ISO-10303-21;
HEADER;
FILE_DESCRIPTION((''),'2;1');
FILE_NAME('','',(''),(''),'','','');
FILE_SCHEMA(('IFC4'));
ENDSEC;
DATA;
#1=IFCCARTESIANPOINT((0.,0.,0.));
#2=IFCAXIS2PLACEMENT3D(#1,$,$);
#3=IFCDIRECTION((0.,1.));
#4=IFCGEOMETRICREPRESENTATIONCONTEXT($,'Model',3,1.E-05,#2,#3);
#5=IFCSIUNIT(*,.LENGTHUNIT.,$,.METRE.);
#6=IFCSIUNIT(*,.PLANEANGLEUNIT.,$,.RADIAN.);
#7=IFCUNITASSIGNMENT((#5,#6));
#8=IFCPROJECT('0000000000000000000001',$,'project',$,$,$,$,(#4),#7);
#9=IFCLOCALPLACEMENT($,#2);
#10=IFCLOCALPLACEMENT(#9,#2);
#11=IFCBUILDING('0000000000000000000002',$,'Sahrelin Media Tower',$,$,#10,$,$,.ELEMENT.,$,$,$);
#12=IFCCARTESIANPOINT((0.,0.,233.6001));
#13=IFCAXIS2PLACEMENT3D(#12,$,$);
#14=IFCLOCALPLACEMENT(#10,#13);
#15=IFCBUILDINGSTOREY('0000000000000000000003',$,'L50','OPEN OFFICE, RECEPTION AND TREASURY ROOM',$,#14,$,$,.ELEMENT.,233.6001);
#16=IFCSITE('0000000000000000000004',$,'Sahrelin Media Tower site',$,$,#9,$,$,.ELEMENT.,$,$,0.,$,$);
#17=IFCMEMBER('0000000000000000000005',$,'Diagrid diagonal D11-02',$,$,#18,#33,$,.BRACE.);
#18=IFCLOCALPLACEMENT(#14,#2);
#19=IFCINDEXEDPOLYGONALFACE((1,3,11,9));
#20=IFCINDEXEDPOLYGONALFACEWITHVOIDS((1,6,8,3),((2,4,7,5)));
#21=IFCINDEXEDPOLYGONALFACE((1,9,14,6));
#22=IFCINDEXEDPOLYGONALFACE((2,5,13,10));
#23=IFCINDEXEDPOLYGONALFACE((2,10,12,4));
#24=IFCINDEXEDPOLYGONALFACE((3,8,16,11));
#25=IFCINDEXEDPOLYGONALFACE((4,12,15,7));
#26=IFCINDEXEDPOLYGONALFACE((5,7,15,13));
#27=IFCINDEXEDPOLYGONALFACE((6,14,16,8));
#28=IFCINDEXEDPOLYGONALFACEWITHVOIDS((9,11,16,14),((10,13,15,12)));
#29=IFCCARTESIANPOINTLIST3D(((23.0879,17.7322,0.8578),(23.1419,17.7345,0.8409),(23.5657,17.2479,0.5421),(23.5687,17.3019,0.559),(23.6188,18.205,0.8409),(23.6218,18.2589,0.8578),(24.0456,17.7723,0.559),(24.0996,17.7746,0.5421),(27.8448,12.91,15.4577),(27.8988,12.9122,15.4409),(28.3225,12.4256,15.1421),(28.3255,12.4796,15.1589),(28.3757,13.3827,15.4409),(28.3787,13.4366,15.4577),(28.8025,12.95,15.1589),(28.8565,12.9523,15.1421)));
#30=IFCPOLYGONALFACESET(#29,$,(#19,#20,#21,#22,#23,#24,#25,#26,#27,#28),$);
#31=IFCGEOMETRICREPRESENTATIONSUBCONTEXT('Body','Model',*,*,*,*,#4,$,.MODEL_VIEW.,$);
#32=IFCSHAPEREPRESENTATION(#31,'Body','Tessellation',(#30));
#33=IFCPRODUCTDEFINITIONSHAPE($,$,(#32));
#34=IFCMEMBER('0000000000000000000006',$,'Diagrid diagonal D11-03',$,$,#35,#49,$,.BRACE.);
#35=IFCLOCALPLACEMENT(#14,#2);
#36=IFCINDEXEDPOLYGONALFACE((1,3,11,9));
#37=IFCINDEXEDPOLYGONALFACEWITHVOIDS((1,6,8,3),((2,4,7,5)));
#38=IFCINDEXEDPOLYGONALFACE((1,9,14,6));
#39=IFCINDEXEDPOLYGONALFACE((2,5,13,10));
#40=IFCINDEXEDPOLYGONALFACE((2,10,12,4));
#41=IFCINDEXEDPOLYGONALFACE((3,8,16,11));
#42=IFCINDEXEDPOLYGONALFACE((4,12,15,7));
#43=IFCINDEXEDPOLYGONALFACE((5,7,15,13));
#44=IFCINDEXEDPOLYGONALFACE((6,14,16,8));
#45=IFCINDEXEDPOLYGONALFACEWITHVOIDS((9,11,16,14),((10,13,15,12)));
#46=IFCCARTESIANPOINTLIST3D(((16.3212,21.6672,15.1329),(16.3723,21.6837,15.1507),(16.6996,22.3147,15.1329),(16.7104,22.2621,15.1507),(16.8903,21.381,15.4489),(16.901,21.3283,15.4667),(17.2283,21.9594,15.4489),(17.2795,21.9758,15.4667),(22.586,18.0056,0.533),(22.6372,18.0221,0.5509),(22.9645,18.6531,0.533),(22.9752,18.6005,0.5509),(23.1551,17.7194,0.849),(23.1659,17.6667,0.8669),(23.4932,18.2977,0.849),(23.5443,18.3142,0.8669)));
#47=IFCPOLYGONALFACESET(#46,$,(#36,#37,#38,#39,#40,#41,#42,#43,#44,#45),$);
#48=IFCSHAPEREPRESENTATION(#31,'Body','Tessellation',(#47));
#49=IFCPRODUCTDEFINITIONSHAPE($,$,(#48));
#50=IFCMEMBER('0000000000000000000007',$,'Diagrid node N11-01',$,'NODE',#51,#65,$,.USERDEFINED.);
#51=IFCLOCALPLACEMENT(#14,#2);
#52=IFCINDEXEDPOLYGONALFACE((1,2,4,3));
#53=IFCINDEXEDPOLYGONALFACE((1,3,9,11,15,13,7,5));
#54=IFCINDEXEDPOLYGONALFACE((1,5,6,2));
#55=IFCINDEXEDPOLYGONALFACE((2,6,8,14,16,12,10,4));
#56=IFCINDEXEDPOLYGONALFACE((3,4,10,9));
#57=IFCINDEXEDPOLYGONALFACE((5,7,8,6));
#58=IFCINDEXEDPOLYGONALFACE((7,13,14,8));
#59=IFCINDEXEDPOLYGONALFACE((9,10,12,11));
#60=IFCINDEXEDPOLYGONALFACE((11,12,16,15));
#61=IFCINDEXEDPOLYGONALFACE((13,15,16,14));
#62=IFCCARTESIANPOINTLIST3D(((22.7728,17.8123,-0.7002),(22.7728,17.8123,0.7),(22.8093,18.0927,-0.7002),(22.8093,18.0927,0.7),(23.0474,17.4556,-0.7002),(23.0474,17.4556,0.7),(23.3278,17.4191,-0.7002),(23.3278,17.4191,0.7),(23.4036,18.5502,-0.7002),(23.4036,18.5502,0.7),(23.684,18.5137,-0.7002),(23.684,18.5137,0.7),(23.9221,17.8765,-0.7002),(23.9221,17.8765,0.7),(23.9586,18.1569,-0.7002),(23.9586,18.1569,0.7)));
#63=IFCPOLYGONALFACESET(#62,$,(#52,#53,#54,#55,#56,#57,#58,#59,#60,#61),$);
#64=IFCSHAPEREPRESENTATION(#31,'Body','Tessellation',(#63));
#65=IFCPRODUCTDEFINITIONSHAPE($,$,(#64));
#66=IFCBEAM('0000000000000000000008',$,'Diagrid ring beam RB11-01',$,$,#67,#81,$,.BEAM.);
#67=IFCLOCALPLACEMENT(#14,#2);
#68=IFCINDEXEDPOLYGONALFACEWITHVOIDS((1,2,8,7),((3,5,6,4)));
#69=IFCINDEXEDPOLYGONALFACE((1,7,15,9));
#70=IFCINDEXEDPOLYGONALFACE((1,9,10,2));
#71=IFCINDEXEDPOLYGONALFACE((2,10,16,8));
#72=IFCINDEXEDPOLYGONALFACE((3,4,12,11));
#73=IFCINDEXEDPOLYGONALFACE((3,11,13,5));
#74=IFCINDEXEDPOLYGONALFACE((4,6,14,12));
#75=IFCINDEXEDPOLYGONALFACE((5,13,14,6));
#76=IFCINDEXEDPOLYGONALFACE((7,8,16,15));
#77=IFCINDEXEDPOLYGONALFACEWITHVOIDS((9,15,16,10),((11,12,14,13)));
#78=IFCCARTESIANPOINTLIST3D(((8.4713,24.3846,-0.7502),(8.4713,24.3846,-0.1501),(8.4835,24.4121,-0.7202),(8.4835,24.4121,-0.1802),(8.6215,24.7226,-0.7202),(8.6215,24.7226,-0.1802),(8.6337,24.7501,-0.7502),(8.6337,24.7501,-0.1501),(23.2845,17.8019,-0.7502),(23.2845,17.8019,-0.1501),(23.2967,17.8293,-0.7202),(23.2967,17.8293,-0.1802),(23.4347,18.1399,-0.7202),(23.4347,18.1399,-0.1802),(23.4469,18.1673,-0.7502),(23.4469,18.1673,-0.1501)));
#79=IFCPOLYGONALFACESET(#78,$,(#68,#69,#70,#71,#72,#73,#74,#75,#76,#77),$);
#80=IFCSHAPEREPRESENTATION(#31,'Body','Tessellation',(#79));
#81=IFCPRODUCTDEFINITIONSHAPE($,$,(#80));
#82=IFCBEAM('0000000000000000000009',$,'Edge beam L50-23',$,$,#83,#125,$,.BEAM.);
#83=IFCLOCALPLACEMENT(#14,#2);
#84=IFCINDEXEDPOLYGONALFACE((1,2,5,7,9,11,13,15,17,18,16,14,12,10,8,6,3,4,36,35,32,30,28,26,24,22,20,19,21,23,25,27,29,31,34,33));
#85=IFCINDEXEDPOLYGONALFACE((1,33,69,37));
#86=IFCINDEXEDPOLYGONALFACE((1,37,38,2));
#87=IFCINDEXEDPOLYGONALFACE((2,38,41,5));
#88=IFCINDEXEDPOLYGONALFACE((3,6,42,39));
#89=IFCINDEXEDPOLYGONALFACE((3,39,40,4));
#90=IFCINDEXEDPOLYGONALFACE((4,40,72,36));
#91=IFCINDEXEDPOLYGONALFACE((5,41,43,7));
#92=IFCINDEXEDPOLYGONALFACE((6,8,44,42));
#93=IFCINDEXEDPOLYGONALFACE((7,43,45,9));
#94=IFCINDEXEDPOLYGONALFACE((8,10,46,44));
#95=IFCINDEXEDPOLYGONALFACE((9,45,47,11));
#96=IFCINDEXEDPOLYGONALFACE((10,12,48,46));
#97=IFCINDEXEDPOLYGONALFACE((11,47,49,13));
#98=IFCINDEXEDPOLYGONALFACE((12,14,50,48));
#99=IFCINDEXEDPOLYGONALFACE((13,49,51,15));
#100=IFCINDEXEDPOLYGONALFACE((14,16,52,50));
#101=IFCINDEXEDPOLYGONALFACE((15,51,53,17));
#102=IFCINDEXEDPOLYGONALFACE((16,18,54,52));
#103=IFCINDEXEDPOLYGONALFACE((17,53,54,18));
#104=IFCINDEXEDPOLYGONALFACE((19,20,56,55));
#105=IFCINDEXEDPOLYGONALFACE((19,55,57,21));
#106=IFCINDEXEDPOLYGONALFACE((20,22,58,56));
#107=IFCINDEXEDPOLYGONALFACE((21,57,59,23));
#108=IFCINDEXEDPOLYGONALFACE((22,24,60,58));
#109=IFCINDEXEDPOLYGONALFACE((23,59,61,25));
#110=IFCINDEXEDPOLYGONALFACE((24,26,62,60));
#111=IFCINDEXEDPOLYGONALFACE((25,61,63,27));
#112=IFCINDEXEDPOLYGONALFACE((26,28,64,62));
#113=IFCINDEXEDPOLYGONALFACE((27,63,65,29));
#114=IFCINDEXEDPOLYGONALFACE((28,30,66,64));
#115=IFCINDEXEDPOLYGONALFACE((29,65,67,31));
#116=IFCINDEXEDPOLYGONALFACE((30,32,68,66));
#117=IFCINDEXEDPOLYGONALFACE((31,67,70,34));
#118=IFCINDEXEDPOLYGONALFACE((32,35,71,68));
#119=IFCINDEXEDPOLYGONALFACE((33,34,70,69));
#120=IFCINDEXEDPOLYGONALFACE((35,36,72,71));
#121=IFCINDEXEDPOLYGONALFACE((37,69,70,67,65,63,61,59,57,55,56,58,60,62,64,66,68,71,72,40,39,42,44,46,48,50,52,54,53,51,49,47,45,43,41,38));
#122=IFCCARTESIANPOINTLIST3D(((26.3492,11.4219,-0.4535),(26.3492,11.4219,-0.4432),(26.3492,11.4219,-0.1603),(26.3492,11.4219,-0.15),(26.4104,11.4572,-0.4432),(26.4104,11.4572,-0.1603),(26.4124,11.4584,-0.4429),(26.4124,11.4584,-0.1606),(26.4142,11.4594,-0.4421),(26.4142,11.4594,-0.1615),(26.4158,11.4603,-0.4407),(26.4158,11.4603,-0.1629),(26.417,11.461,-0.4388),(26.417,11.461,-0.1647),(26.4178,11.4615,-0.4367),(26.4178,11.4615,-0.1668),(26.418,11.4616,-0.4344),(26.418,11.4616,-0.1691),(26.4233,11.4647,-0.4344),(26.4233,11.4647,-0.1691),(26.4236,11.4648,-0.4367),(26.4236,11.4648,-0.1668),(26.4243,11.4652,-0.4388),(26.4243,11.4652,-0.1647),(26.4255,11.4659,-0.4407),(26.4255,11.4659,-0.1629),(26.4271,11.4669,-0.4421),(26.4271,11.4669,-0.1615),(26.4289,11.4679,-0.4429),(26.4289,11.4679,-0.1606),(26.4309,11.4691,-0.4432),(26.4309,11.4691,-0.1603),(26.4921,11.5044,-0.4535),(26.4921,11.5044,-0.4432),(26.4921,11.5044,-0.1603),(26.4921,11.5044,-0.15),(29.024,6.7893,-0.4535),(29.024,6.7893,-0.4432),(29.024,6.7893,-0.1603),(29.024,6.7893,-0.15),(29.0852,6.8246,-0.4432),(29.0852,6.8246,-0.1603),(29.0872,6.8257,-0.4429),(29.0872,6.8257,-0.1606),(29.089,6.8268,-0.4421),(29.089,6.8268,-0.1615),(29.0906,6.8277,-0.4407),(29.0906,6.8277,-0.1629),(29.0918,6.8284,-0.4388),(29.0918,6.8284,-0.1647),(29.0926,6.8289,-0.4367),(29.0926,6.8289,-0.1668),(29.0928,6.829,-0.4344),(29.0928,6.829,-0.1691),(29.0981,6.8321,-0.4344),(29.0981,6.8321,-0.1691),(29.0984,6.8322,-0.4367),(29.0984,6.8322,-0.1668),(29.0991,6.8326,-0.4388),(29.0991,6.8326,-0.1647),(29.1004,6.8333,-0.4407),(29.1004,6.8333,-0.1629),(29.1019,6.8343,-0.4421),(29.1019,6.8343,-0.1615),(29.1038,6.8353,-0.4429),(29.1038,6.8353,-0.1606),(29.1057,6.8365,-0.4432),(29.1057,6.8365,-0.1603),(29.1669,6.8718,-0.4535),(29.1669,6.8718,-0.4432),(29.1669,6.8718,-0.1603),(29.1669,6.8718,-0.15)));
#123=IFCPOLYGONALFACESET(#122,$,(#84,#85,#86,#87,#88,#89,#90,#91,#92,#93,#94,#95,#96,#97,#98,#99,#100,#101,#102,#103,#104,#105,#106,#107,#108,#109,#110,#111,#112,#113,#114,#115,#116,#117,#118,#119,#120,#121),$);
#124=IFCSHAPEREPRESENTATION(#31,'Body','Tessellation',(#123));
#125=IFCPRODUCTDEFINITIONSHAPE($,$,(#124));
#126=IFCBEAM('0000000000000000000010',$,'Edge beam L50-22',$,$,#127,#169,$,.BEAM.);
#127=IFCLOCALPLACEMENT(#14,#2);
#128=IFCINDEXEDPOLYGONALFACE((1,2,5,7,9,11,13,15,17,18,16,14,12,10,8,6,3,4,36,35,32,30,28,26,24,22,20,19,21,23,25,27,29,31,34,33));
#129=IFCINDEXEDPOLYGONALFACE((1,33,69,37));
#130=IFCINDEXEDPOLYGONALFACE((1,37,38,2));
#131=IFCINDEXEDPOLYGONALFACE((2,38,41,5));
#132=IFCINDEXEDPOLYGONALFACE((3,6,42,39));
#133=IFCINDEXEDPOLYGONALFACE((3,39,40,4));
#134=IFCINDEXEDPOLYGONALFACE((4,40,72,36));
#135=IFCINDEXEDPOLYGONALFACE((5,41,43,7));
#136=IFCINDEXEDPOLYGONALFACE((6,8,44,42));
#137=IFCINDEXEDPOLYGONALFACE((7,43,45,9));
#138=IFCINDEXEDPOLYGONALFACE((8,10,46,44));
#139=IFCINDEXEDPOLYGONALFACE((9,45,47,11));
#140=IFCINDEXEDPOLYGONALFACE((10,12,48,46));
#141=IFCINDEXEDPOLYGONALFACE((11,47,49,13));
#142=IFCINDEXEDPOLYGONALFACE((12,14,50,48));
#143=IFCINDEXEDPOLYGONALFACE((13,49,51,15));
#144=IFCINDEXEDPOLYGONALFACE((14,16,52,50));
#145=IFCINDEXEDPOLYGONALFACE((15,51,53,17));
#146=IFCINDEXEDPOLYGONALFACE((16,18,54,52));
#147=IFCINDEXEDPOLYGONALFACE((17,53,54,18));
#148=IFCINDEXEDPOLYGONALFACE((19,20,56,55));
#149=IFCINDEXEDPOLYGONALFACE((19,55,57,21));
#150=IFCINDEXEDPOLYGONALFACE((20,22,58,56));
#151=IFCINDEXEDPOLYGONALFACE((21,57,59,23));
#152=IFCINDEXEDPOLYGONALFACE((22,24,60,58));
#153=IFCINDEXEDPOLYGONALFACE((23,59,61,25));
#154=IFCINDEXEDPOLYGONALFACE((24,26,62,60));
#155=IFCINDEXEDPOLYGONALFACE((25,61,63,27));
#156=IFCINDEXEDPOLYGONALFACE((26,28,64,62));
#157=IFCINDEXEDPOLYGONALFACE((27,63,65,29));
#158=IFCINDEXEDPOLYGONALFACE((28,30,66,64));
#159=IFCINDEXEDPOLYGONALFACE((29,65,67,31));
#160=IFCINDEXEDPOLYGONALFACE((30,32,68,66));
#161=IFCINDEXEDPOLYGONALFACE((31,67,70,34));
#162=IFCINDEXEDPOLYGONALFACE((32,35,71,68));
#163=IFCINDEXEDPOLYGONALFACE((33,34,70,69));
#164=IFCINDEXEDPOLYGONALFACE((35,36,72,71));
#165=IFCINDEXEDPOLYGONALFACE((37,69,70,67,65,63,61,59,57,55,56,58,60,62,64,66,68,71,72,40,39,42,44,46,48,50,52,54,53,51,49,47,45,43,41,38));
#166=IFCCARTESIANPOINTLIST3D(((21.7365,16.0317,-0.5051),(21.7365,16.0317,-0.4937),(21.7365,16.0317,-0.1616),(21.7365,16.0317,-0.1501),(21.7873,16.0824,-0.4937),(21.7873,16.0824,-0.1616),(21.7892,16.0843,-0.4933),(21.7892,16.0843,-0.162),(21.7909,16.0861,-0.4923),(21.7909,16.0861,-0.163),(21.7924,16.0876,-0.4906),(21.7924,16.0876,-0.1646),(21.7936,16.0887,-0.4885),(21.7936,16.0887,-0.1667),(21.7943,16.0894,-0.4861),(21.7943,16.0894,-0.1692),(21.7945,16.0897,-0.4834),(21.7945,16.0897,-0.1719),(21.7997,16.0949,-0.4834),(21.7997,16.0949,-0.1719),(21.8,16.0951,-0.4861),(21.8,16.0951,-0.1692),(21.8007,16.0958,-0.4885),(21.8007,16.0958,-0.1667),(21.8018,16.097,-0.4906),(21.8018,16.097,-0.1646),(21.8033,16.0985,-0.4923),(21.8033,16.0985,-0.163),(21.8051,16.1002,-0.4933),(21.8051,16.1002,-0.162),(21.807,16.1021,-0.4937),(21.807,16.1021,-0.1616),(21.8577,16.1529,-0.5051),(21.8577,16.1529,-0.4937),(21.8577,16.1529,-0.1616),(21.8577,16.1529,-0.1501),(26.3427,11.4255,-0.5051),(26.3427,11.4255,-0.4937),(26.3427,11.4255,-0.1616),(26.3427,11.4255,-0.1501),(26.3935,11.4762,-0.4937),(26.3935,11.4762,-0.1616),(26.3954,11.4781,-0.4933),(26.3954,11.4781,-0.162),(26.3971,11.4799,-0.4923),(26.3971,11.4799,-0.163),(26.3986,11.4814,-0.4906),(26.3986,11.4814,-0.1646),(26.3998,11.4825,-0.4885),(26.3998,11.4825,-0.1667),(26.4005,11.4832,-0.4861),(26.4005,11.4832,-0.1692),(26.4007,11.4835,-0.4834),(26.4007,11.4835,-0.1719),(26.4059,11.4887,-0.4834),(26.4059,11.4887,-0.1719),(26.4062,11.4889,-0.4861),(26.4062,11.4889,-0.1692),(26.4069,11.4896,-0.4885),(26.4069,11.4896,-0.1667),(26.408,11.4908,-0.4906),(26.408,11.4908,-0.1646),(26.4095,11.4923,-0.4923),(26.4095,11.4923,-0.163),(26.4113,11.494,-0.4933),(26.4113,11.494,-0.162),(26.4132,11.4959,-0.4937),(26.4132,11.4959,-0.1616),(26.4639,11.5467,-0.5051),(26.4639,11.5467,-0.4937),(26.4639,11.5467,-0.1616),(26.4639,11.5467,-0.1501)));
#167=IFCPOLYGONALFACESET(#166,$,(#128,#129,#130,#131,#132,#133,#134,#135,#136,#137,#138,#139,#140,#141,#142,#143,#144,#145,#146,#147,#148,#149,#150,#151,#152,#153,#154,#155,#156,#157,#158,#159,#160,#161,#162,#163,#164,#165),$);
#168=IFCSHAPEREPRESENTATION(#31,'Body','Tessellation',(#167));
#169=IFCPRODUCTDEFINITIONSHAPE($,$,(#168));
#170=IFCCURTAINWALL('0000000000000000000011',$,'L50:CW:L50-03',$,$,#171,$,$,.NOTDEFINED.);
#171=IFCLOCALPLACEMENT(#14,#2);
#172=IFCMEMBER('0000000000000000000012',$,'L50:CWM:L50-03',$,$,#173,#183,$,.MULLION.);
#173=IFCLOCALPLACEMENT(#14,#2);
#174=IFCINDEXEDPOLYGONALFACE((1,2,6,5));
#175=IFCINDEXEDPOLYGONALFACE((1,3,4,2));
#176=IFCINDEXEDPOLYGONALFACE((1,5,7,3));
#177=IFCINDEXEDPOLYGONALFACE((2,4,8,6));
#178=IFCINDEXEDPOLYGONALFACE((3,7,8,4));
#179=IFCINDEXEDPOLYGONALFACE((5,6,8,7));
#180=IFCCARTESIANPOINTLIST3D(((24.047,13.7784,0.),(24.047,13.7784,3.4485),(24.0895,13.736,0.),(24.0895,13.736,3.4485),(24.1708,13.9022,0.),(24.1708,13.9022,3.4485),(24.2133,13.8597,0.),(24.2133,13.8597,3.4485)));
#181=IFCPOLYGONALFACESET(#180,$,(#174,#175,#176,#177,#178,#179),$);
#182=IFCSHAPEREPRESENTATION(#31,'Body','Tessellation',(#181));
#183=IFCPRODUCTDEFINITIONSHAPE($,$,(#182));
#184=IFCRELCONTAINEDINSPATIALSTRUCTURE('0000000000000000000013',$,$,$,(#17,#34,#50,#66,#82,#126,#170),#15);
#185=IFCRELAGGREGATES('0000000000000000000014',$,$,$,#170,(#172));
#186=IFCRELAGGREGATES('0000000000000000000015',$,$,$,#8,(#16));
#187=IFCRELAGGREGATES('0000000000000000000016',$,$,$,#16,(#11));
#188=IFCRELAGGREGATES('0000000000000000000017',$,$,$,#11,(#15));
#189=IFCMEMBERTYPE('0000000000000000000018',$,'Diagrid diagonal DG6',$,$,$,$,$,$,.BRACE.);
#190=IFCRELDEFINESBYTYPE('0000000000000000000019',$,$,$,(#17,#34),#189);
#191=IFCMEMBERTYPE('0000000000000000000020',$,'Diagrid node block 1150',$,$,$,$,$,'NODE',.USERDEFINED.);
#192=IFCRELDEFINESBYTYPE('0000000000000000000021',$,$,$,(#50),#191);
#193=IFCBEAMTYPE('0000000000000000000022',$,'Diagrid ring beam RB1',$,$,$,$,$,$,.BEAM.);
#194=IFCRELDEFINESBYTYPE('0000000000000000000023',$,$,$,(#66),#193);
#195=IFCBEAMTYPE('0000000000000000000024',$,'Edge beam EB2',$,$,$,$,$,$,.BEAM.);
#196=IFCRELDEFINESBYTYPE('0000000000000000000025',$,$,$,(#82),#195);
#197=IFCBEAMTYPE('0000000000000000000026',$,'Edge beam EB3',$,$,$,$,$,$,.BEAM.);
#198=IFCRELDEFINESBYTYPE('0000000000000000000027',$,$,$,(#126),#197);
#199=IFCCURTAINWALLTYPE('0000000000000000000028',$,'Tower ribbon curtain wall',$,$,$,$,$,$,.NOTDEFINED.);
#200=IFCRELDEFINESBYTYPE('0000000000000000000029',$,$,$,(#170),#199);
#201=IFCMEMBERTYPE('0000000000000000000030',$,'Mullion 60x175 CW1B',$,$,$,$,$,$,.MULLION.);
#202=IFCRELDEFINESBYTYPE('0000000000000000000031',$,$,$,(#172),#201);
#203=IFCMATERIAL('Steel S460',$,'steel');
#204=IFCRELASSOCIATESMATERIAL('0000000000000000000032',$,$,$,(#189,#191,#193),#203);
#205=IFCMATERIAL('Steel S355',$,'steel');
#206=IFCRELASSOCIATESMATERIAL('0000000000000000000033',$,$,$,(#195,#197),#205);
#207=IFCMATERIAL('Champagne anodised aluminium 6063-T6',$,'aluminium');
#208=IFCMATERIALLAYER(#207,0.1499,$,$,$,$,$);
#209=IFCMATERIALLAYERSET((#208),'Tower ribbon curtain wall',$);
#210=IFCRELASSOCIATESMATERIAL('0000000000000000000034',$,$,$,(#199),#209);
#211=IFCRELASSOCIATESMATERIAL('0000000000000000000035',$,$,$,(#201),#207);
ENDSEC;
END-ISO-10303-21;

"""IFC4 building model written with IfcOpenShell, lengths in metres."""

from ifc_helpers import new_model, si_unit, direction, frame, origin, origin_2d, place, context, subcontext, project, spatial, polyline, rectangle, hollow_rectangle, i_section, outline, extrude, material, layer, layer_set, material_profile, profile_set, type_object, element, aggregate, save


model = new_model("IFC4")

# Units and contexts
model_context = context("Model", 3, precision=1e-05, world=origin(), true_north=direction((0.0, 1.0)))
body_context = subcontext(model_context, "Body", "Model", "MODEL_VIEW")
ifc_project = project(units=[si_unit("LENGTHUNIT", "METRE"), si_unit("PLANEANGLEUNIT", "RADIAN")], contexts=[model_context])

# Site, building, storey
site_placement = place(None, origin())
site = spatial("IfcSite", under=ifc_project, at=site_placement, Name="Sahrelin Media Tower site", CompositionType="ELEMENT", RefElevation=0.0)
building_placement = place(site_placement, origin())
building = spatial("IfcBuilding", under=site, at=building_placement, Name="Sahrelin Media Tower", CompositionType="ELEMENT")
storey_placement = place(building_placement, frame((0.0, 0.0, 233.6001)))
storey = spatial("IfcBuildingStorey", under=building, at=storey_placement, Name="L50", Description="OPEN OFFICE, RECEPTION AND TREASURY ROOM", CompositionType="ELEMENT", Elevation=233.6001)

# Members
ifc_material_1 = material(Name="Steel S460", Category="steel")
ifc_material_profile_1 = material_profile(ifc_material_1, hollow_rectangle(XDim=0.75, YDim=0.75, WallThickness=0.04, at=origin_2d()), Name="Diagrid diagonal DG6")
ifc_profile_set_1 = profile_set([ifc_material_profile_1], Name="Steel S460")
member_type_1 = type_object("IfcMemberType", Name="Diagrid diagonal DG6", PredefinedType="BRACE", material=ifc_profile_set_1)
member_1_placement = place(storey_placement, frame((23.5938, 17.7534, 0.7), z_axis=(0.295554, -0.299619, 0.907125), x_axis=(0.71192, 0.702261, 0.0)))
element("IfcMember", 1, at=member_1_placement, inside=storey, type_object=member_type_1, Name="Diagrid diagonal D11-02", PredefinedType="BRACE", context=body_context, shape_type="SweptSolid", body=[
    extrude(hollow_rectangle(XDim=0.75, YDim=0.75, WallThickness=0.04, at=origin_2d()), origin(), (0.0, 0.0, 1.0), 16.0947),
])
member_2_placement = place(storey_placement, frame((23.0652, 18.1599, 0.7), z_axis=(-0.384261, 0.224588, 0.895491), x_axis=(-0.504601, -0.863353, 0.0)))
element("IfcMember", 2, at=member_2_placement, inside=storey, type_object=member_type_1, Name="Diagrid diagonal D11-03", PredefinedType="BRACE", context=body_context, shape_type="SweptSolid", body=[
    extrude(hollow_rectangle(XDim=0.75, YDim=0.75, WallThickness=0.04, at=origin_2d()), origin(), (0.0, 0.0, 1.0), 16.3037),
])
ifc_material_profile_2 = material_profile(ifc_material_1, outline(polyline([(0.375, -0.425), (0.575, -0.2251), (0.575, 0.2251), (0.375, 0.425), (-0.375, 0.425), (-0.575, 0.2251), (-0.575, -0.2251), (-0.375, -0.425), (0.375, -0.425)])), Name="Diagrid node block 1150")
ifc_profile_set_2 = profile_set([ifc_material_profile_2], Name="Steel S460")
member_type_2 = type_object("IfcMemberType", Name="Diagrid node block 1150", ElementType="NODE", PredefinedType="USERDEFINED", material=ifc_profile_set_2)
member_3_placement = place(storey_placement, frame((23.3657, 17.9846, -0.7002), z_axis=(0.0, 0.0, 1.0), x_axis=(0.792445, 0.609943, 0.0)))
element("IfcMember", 3, at=member_3_placement, inside=storey, type_object=member_type_2, Name="Diagrid node N11-01", ObjectType="NODE", PredefinedType="USERDEFINED", context=body_context, shape_type="SweptSolid", body=[
    extrude(outline(polyline([(0.375, -0.425), (0.575, -0.2251), (0.575, 0.2251), (0.375, 0.425), (-0.375, 0.425), (-0.575, 0.2251), (-0.575, -0.2251), (-0.375, -0.425), (0.375, -0.425)])), origin(), (0.0, 0.0, 1.0), 1.4001),
])

# Beams
ifc_material_profile_3 = material_profile(ifc_material_1, hollow_rectangle(XDim=0.3999, YDim=0.6001, WallThickness=0.03, at=origin_2d()), Name="Diagrid ring beam RB1")
ifc_profile_set_3 = profile_set([ifc_material_profile_3], Name="Steel S460")
beam_type_1 = type_object("IfcBeamType", Name="Diagrid ring beam RB1", PredefinedType="BEAM", material=ifc_profile_set_3)
beam_1_placement = place(storey_placement, frame((23.3657, 17.9846, -0.4502), z_axis=(-0.913832, 0.406092, 0.0), x_axis=(-0.406092, -0.913832, 0.0)))
element("IfcBeam", 4, at=beam_1_placement, inside=storey, type_object=beam_type_1, Name="Diagrid ring beam RB11-01", PredefinedType="BEAM", context=body_context, shape_type="SweptSolid", body=[
    extrude(hollow_rectangle(XDim=0.3999, YDim=0.6001, WallThickness=0.03, at=origin_2d()), origin(), (0.0, 0.0, 1.0), 16.21),
])
ifc_material_2 = material(Name="Steel S355", Category="steel")
ifc_material_profile_4 = material_profile(ifc_material_2, i_section(OverallWidth=0.165, OverallDepth=0.3035, WebThickness=0.0061, FlangeThickness=0.0103, FilletRadius=0.0088, at=origin_2d()), Name="UB 305x165x40")
ifc_profile_set_4 = profile_set([ifc_material_profile_4], Name="Steel S355")
beam_type_2 = type_object("IfcBeamType", Name="Edge beam EB2", PredefinedType="BEAM", material=ifc_profile_set_4)
beam_2_placement = place(storey_placement, frame((26.4207, 11.4631, -0.3018), z_axis=(0.500027, -0.86601, 0.0), x_axis=(0.86601, 0.500027, 0.0)))
element("IfcBeam", 5, at=beam_2_placement, inside=storey, type_object=beam_type_2, Name="Edge beam L50-23", PredefinedType="BEAM", context=body_context, shape_type="SweptSolid", body=[
    extrude(i_section(OverallWidth=0.165, OverallDepth=0.3035, WebThickness=0.0061, FlangeThickness=0.0103, FilletRadius=0.0088, at=origin_2d()), origin(), (0.0, 0.0, 1.0), 5.3494),
])
ifc_material_profile_5 = material_profile(ifc_material_2, i_section(OverallWidth=0.1714, OverallDepth=0.355, WebThickness=0.0073, FlangeThickness=0.0115, FilletRadius=0.0103, at=origin_2d()), Name="UB 356x171x51")
ifc_profile_set_5 = profile_set([ifc_material_profile_5], Name="Steel S355")
beam_type_3 = type_object("IfcBeamType", Name="Edge beam EB3", PredefinedType="BEAM", material=ifc_profile_set_5)
beam_3_placement = place(storey_placement, frame((21.7971, 16.0923, -0.3276), z_axis=(0.707107, -0.707107, 0.0), x_axis=(0.707107, 0.707107, 0.0)))
element("IfcBeam", 6, at=beam_3_placement, inside=storey, type_object=beam_type_3, Name="Edge beam L50-22", PredefinedType="BEAM", context=body_context, shape_type="SweptSolid", body=[
    extrude(i_section(OverallWidth=0.1714, OverallDepth=0.355, WebThickness=0.0073, FlangeThickness=0.0115, FilletRadius=0.0103, at=origin_2d()), origin(), (0.0, 0.0, 1.0), 6.5142),
])

# Curtain wall, member
ifc_material_3 = material(Name="Champagne anodised aluminium 6063-T6", Category="aluminium")
ifc_layer_1 = layer(ifc_material_3, 0.1499)
ifc_layer_set_1 = layer_set([ifc_layer_1], Name="Tower ribbon curtain wall")
curtain_wall_type = type_object("IfcCurtainWallType", Name="Tower ribbon curtain wall", PredefinedType="NOTDEFINED", material=ifc_layer_set_1)
curtain_wall_1_placement = place(storey_placement, frame((24.2063, 13.8953, 0.0), z_axis=(0.0, 0.0, 1.0), x_axis=(1.0, 0.0, 0.0)))
curtain_wall_1 = element("IfcCurtainWall", 7, at=curtain_wall_1_placement, inside=storey, type_object=curtain_wall_type, Name="L50:CW:L50-03", PredefinedType="NOTDEFINED")
ifc_material_profile_6 = material_profile(ifc_material_3, rectangle(XDim=0.0601, YDim=0.175, at=origin_2d()), Name="Mullion 60x175")
ifc_profile_set_6 = profile_set([ifc_material_profile_6], Name="Champagne anodised aluminium 6063-T6")
member_type_3 = type_object("IfcMemberType", Name="Mullion 60x175 CW1B", PredefinedType="MULLION", material=ifc_profile_set_6)
member_4_placement = place(storey_placement, frame((24.1301, 13.8191, 0.0), z_axis=(0.0, 0.0, 1.0), x_axis=(-0.707099, 0.707114, 0.0)))
member_4 = element("IfcMember", 8, at=member_4_placement, type_object=member_type_3, Name="L50:CWM:L50-03", PredefinedType="MULLION", context=body_context, shape_type="SweptSolid", body=[
    extrude(rectangle(XDim=0.0601, YDim=0.175, at=origin_2d()), origin(), (0.0, 0.0, 1.0), 3.4485),
])

aggregate(curtain_wall_1, [member_4])

save(model, "model.ifc")
